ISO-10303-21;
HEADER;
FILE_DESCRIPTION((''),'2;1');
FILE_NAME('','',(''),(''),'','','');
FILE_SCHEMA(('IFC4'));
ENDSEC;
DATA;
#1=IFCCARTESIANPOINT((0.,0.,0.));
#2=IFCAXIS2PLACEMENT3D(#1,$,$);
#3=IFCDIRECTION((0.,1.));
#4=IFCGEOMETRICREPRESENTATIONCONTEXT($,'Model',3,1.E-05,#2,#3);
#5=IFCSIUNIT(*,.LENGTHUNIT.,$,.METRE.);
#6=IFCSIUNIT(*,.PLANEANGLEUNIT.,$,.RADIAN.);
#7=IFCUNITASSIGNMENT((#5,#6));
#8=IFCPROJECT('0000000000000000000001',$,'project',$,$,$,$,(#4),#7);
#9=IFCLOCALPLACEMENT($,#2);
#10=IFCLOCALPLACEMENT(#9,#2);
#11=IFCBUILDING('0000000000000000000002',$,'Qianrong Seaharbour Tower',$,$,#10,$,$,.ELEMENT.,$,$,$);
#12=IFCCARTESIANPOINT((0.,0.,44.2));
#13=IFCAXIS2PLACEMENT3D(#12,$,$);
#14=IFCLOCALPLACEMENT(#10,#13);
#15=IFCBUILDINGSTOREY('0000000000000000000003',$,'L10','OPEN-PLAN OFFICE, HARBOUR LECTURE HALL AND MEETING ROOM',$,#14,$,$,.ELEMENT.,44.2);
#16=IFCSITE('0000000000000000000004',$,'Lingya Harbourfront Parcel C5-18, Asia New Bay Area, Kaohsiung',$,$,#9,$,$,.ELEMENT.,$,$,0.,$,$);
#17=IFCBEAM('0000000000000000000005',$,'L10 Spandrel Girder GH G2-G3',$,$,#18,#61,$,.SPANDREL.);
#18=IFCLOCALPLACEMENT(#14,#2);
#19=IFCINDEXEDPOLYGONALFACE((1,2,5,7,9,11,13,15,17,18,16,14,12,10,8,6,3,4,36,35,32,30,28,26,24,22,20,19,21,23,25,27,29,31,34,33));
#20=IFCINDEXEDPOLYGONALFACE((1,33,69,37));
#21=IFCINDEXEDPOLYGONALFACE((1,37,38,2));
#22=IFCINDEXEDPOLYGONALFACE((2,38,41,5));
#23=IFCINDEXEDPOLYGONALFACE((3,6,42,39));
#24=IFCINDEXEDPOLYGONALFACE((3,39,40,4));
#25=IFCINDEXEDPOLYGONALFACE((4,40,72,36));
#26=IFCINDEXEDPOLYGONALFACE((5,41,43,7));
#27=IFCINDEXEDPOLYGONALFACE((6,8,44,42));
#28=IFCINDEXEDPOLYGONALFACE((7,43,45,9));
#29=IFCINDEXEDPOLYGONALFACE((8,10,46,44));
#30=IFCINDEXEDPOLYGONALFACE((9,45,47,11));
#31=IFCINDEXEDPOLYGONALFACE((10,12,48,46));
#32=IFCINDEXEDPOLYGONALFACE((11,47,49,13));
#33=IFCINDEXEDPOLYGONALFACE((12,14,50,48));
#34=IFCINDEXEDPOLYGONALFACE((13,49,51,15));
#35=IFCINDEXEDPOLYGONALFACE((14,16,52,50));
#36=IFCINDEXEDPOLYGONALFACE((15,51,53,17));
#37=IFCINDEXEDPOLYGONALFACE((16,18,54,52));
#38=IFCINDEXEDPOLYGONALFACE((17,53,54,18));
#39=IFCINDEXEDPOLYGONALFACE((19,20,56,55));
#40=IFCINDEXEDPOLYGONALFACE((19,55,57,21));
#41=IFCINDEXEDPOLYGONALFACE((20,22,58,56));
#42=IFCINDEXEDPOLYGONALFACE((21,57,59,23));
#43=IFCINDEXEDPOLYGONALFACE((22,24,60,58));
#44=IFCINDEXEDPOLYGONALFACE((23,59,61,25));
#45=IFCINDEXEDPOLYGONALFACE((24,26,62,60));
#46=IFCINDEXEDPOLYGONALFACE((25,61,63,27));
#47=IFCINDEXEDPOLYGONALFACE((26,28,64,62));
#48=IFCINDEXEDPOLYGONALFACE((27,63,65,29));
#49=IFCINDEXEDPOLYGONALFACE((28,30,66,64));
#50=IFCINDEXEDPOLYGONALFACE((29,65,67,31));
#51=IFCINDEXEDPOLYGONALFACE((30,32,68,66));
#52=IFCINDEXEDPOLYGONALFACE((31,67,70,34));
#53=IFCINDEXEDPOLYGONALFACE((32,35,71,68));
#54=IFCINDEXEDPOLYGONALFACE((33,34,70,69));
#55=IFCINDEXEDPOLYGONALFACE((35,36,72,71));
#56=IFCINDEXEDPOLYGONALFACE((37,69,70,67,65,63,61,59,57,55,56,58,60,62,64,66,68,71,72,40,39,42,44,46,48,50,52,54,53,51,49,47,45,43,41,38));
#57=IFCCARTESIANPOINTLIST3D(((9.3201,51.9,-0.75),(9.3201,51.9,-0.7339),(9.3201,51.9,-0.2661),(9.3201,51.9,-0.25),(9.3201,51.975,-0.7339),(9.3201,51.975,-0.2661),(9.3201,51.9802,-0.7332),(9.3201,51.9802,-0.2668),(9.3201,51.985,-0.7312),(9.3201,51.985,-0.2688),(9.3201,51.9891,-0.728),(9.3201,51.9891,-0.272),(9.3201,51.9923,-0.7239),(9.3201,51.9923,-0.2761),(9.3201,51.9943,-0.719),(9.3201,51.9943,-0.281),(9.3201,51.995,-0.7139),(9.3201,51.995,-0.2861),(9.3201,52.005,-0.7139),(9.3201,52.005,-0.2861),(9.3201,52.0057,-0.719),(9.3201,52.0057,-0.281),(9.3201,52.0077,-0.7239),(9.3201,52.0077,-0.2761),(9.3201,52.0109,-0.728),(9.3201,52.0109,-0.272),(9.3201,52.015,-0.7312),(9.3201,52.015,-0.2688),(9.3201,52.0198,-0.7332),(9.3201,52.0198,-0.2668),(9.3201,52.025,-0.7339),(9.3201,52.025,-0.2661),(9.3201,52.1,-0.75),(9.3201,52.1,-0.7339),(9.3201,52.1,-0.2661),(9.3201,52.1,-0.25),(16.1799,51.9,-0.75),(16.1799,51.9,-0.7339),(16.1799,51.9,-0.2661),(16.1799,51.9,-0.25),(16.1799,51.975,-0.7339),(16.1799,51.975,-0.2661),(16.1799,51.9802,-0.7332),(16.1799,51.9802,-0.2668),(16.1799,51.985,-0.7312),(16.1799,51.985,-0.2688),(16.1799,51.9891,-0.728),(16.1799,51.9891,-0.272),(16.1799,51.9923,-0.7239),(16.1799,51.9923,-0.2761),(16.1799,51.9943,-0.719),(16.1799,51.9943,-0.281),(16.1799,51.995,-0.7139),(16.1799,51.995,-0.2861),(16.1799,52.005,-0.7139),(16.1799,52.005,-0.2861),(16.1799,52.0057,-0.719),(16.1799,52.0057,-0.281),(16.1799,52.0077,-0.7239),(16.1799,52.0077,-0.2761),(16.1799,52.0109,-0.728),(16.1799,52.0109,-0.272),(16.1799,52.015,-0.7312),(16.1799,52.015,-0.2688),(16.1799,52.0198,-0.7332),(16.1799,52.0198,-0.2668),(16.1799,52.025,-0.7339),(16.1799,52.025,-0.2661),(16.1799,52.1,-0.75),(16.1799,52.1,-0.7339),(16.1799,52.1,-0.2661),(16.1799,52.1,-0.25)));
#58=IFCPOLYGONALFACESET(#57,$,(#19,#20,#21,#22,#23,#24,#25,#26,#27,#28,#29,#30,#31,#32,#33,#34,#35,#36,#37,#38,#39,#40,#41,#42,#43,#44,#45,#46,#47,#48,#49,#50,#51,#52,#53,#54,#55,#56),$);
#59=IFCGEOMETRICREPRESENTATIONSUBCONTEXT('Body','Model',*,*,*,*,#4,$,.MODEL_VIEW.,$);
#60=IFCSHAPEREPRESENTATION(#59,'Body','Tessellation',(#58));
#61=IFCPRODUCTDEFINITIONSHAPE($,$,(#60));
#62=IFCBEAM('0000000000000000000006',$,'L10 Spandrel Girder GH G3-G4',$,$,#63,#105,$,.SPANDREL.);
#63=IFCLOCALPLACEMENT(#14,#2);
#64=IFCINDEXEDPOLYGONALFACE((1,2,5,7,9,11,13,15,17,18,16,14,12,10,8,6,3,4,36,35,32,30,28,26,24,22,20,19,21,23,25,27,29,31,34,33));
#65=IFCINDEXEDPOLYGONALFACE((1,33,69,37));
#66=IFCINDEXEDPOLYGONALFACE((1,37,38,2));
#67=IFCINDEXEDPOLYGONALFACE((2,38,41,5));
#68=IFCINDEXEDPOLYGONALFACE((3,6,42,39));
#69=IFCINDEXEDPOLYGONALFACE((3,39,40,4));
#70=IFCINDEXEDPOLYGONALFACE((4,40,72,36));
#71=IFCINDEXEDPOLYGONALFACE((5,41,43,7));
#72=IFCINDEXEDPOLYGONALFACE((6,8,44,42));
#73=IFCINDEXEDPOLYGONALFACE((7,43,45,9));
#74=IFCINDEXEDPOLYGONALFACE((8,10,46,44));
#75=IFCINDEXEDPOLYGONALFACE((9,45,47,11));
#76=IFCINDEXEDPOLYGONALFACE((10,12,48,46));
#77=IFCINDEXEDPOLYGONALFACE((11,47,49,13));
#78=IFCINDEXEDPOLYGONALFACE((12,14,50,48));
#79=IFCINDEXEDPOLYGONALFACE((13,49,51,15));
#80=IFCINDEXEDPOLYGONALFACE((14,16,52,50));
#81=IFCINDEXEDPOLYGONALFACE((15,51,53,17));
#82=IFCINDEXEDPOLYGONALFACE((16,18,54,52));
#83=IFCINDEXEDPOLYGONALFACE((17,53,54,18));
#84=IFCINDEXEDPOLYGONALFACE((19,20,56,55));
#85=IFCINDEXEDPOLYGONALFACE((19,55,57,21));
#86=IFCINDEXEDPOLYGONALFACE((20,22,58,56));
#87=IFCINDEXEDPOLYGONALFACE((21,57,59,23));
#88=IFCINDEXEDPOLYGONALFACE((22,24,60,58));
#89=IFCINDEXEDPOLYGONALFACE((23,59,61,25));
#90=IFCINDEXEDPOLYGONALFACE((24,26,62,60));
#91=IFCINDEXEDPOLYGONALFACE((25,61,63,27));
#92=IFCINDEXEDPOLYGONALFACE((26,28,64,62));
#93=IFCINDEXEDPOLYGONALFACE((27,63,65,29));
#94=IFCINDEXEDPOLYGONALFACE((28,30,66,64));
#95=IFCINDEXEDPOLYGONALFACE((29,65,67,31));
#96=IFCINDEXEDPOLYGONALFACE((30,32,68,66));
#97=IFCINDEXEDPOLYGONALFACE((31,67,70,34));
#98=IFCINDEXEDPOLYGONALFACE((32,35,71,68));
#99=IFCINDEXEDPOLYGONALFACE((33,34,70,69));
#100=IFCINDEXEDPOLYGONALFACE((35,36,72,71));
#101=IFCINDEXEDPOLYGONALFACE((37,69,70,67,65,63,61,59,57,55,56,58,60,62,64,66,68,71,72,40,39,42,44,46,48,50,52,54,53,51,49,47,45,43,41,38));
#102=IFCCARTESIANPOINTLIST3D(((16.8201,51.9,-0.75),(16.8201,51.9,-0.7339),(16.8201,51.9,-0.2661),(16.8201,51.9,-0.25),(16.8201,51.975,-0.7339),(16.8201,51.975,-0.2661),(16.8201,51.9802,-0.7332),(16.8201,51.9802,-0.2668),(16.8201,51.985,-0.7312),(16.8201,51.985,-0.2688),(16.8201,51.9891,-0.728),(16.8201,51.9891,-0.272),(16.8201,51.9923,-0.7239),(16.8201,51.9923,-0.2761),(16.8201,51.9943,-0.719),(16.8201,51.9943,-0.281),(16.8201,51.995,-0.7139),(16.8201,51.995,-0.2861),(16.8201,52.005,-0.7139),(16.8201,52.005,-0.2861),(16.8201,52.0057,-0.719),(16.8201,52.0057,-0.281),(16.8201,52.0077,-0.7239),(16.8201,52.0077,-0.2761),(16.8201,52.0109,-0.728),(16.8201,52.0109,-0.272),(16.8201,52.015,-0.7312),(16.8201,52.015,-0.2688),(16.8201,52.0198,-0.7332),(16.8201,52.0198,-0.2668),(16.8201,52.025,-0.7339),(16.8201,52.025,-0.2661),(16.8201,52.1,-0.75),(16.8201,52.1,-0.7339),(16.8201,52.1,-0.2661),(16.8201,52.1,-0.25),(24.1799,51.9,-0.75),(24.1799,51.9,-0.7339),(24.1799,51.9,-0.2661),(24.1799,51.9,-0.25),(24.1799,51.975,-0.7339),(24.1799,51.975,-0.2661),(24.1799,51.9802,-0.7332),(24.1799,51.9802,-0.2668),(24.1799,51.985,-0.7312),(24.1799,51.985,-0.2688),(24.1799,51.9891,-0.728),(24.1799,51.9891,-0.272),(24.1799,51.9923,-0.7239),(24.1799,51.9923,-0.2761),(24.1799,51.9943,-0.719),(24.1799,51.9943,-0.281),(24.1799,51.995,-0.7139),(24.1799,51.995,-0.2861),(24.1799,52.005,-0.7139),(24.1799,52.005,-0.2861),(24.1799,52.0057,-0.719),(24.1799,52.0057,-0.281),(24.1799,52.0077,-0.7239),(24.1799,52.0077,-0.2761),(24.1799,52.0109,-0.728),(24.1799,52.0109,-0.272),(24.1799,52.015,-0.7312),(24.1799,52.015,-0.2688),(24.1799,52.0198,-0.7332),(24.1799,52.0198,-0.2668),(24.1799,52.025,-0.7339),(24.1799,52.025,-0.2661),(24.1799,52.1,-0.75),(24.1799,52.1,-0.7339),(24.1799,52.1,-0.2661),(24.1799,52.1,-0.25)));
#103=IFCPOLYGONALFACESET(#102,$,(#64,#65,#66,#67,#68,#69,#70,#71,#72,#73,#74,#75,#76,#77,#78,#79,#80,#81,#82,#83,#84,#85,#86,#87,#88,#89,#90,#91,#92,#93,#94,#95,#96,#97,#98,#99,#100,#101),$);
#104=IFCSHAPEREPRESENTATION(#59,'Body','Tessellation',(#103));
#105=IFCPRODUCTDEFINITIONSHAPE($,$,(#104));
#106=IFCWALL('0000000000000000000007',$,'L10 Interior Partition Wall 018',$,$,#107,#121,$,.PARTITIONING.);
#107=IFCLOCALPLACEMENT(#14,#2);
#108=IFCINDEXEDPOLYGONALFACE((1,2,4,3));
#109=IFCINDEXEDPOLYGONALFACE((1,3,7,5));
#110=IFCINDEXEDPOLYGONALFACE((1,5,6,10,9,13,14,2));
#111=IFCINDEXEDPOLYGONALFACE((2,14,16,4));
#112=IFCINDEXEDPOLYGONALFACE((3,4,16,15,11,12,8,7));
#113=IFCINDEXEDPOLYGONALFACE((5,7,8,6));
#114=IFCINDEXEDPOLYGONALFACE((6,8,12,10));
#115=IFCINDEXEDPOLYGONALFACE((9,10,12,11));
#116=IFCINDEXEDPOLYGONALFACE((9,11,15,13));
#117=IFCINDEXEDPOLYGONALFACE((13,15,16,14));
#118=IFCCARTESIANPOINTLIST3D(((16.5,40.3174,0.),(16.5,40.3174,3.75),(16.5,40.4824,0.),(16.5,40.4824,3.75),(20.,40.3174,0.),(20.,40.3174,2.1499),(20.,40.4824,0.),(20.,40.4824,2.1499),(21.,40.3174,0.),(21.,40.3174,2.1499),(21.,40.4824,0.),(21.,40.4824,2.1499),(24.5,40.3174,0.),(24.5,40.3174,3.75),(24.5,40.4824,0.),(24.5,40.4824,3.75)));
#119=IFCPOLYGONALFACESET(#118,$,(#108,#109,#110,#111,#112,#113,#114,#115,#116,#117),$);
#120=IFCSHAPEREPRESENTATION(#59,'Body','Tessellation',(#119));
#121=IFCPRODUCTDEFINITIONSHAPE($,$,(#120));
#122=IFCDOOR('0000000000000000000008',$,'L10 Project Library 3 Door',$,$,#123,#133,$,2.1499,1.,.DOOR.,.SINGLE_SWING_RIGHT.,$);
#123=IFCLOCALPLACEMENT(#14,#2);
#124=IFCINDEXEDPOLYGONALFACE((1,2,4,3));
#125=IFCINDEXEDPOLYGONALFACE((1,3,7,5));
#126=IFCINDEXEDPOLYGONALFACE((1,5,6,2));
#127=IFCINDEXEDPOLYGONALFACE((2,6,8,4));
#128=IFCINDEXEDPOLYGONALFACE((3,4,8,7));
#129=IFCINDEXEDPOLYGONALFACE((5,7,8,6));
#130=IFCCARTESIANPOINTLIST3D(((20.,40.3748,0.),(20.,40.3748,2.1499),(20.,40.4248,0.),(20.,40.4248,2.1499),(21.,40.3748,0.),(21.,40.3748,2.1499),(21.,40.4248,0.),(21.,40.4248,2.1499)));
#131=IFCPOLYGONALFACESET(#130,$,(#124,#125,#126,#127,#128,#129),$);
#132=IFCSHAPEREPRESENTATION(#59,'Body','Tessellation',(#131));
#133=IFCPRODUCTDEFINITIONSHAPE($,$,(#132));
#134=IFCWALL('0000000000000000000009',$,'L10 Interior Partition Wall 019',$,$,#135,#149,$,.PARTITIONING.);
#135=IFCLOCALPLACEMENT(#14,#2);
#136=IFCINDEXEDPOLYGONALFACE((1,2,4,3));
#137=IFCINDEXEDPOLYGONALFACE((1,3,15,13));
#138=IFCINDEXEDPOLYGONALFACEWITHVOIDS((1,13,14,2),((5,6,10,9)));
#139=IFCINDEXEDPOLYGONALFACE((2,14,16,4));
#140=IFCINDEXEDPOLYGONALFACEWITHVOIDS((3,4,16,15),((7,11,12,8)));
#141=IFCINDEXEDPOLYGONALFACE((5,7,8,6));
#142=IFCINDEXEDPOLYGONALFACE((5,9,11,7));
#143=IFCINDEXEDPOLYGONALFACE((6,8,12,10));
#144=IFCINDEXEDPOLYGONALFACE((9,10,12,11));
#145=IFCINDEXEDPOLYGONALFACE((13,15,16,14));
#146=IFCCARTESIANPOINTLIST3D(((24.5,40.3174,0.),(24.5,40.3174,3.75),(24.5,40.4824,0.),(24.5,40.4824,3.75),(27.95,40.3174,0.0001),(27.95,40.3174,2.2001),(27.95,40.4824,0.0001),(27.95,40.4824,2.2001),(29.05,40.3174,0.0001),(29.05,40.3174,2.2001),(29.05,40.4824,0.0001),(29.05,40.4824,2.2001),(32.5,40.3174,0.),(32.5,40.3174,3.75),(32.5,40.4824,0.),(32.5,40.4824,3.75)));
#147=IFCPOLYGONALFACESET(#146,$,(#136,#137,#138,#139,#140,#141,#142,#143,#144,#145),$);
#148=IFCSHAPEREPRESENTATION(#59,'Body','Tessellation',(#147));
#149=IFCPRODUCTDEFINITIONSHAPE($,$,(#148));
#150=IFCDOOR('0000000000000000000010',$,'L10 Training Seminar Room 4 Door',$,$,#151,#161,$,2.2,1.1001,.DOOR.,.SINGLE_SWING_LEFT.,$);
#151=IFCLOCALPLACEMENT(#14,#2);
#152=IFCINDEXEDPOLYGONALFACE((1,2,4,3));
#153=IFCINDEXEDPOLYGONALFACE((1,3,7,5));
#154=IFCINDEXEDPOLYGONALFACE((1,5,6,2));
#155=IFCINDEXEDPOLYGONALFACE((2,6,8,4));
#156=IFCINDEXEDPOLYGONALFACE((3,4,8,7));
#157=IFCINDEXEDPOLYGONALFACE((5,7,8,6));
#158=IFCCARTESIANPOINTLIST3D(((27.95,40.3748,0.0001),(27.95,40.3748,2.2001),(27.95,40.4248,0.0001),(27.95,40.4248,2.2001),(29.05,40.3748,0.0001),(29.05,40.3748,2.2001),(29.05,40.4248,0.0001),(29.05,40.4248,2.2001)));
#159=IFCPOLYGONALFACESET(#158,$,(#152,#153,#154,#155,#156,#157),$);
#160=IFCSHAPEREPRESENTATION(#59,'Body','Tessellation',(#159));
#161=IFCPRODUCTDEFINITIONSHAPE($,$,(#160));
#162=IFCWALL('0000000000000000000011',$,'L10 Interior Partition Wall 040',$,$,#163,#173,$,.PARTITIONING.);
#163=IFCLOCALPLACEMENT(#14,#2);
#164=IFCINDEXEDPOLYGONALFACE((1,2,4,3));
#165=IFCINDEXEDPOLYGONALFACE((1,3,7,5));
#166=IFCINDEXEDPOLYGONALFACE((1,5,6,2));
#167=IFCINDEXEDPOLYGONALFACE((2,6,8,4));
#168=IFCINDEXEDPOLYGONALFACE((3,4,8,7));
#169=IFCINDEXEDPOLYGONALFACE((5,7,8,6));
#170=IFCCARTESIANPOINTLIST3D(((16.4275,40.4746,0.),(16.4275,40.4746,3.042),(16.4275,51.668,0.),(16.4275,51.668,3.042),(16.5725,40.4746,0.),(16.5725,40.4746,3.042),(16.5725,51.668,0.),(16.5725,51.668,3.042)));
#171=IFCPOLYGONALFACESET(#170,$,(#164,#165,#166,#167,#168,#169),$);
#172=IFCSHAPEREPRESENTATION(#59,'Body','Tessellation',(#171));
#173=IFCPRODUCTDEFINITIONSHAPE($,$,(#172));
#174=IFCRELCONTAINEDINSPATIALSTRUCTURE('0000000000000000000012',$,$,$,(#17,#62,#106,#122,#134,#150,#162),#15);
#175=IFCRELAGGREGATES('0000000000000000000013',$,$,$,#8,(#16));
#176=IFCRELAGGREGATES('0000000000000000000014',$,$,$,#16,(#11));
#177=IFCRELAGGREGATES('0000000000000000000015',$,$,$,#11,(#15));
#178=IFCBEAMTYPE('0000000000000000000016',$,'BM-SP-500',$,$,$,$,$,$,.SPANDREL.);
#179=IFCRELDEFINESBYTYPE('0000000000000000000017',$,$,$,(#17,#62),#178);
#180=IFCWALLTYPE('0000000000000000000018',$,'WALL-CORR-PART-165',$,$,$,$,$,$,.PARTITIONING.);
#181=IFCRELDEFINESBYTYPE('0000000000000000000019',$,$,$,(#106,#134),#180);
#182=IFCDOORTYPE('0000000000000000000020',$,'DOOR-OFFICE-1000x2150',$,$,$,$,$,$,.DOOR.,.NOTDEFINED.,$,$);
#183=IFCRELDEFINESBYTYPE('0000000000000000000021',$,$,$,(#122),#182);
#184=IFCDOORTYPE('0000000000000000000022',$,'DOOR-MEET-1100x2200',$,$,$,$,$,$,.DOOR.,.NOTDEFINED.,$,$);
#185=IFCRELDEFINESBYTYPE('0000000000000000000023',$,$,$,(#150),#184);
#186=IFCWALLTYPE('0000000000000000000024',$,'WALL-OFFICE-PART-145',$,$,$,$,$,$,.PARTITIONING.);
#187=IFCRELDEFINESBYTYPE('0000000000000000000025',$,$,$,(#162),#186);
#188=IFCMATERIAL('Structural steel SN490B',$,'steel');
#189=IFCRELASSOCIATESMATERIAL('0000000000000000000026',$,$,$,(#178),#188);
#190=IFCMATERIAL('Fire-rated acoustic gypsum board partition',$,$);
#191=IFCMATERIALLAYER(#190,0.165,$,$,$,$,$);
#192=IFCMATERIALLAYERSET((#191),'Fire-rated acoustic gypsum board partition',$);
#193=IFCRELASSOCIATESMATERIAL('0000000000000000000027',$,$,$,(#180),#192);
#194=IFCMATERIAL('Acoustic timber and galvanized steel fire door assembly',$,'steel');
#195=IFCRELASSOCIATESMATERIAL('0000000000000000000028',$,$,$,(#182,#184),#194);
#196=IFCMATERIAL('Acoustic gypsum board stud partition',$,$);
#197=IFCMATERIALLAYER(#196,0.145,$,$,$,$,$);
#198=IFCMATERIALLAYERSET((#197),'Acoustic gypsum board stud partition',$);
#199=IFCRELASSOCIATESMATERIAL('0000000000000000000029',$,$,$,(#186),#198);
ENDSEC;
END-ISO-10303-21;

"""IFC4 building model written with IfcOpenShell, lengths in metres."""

from ifc_helpers import new_model, si_unit, direction, frame, frame_2d, origin, origin_2d, place, context, subcontext, project, spatial, rectangle, i_section, extrude, material, layer, layer_set, material_profile, profile_set, type_object, element, fill, save


model = new_model("IFC4")

# Units and contexts
model_context = context("Model", 3, precision=1e-05, world=origin(), true_north=direction((0.0, 1.0)))
body_context = subcontext(model_context, "Body", "Model", "MODEL_VIEW")
ifc_project = project(units=[si_unit("LENGTHUNIT", "METRE"), si_unit("PLANEANGLEUNIT", "RADIAN")], contexts=[model_context])

# Site, building, storey
site_placement = place(None, origin())
site = spatial("IfcSite", under=ifc_project, at=site_placement, Name="Lingya Harbourfront Parcel C5-18, Asia New Bay Area, Kaohsiung", CompositionType="ELEMENT", RefElevation=0.0)
building_placement = place(site_placement, origin())
building = spatial("IfcBuilding", under=site, at=building_placement, Name="Qianrong Seaharbour Tower", CompositionType="ELEMENT")
storey_placement = place(building_placement, frame((0.0, 0.0, 44.2)))
storey = spatial("IfcBuildingStorey", under=building, at=storey_placement, Name="L10", Description="OPEN-PLAN OFFICE, HARBOUR LECTURE HALL AND MEETING ROOM", CompositionType="ELEMENT", Elevation=44.2)

# Shared definitions
ifc_material_1 = material(Name="Structural steel SN490B", Category="steel")

# Beams
ifc_material_profile_1 = material_profile(ifc_material_1, i_section(OverallWidth=0.2, OverallDepth=0.5, WebThickness=0.01, FlangeThickness=0.0161, FilletRadius=0.02, at=origin_2d()), Name="H500x200x10x16")
ifc_profile_set_1 = profile_set([ifc_material_profile_1], Name="Structural steel SN490B")
beam_type_1 = type_object("IfcBeamType", Name="BM-SP-500", PredefinedType="SPANDREL", material=ifc_profile_set_1)
beam_1_placement = place(storey_placement, frame((9.3201, 52.0, -0.5), z_axis=(1.0, 0.0, 0.0), x_axis=(0.0, 1.0, 0.0)))
element("IfcBeam", 1, at=beam_1_placement, inside=storey, type_object=beam_type_1, Name="L10 Spandrel Girder GH G2-G3", PredefinedType="SPANDREL", context=body_context, shape_type="SweptSolid", body=[
    extrude(i_section(OverallWidth=0.2, OverallDepth=0.5, WebThickness=0.01, FlangeThickness=0.0161, FilletRadius=0.02, at=origin_2d()), origin(), (0.0, 0.0, 1.0), 6.8599),
])
beam_2_placement = place(storey_placement, frame((16.8201, 52.0, -0.5), z_axis=(1.0, 0.0, 0.0), x_axis=(0.0, 1.0, 0.0)))
element("IfcBeam", 2, at=beam_2_placement, inside=storey, type_object=beam_type_1, Name="L10 Spandrel Girder GH G3-G4", PredefinedType="SPANDREL", context=body_context, shape_type="SweptSolid", body=[
    extrude(i_section(OverallWidth=0.2, OverallDepth=0.5, WebThickness=0.01, FlangeThickness=0.0161, FilletRadius=0.02, at=origin_2d()), origin(), (0.0, 0.0, 1.0), 7.3599),
])

# Walls, openings, doors
ifc_material_2 = material(Name="Fire-rated acoustic gypsum board partition")
ifc_layer_1 = layer(ifc_material_2, 0.165)
ifc_layer_set_1 = layer_set([ifc_layer_1], Name="Fire-rated acoustic gypsum board partition")
wall_type_1 = type_object("IfcWallType", Name="WALL-CORR-PART-165", PredefinedType="PARTITIONING", material=ifc_layer_set_1)
wall_1_placement = place(storey_placement, frame((16.5, 40.3999, 0.0), z_axis=(0.0, 0.0, 1.0), x_axis=(1.0, 0.0, 0.0)))
wall_1 = element("IfcWall", 3, at=wall_1_placement, inside=storey, type_object=wall_type_1, Name="L10 Interior Partition Wall 018", PredefinedType="PARTITIONING", context=body_context, shape_type="SweptSolid", body=[
    extrude(rectangle(XDim=8.0, YDim=0.165, at=frame_2d((4.0, 0.0))), origin(), (0.0, 0.0, 1.0), 3.75),
])
opening_1_placement = place(wall_1_placement, frame((3.5, 0.0, 0.0)))
opening_1 = element("IfcOpeningElement", 4, at=opening_1_placement, cuts=wall_1, PredefinedType="OPENING", context=body_context, shape_type="SweptSolid", body=[
    extrude(rectangle(XDim=1.0, YDim=2.1499, at=frame_2d((0.5, 1.075))), frame((0.0, 0.0925, 0.0), z_axis=(0.0, -1.0, 0.0), x_axis=(1.0, 0.0, 0.0)), (0.0, 0.0, 1.0), 0.1851),
])
ifc_material_3 = material(Name="Acoustic timber and galvanized steel fire door assembly", Category="steel")
door_type_1 = type_object("IfcDoorType", Name="DOOR-OFFICE-1000x2150", OperationType="NOTDEFINED", PredefinedType="DOOR", material=ifc_material_3)
door_1_placement = place(opening_1_placement, origin())
door_1 = element("IfcDoor", 5, at=door_1_placement, inside=storey, type_object=door_type_1, Name="L10 Project Library 3 Door", OperationType="SINGLE_SWING_RIGHT", OverallHeight=2.1499, OverallWidth=1.0, PredefinedType="DOOR", context=body_context, shape_type="SweptSolid", body=[
    extrude(rectangle(XDim=1.0, YDim=2.1499, at=frame_2d((0.5, 1.075))), frame((0.0, 0.0249, 0.0), z_axis=(0.0, -1.0, 0.0), x_axis=(1.0, 0.0, 0.0)), (0.0, 0.0, 1.0), 0.05),
])
fill(opening_1, door_1)
wall_2_placement = place(storey_placement, frame((24.5, 40.3999, 0.0), z_axis=(0.0, 0.0, 1.0), x_axis=(1.0, 0.0, 0.0)))
wall_2 = element("IfcWall", 6, at=wall_2_placement, inside=storey, type_object=wall_type_1, Name="L10 Interior Partition Wall 019", PredefinedType="PARTITIONING", context=body_context, shape_type="SweptSolid", body=[
    extrude(rectangle(XDim=8.0, YDim=0.165, at=frame_2d((4.0, 0.0))), origin(), (0.0, 0.0, 1.0), 3.75),
])
opening_2_placement = place(wall_2_placement, frame((3.45, 0.0, 0.0)))
opening_2 = element("IfcOpeningElement", 7, at=opening_2_placement, cuts=wall_2, PredefinedType="OPENING", context=body_context, shape_type="SweptSolid", body=[
    extrude(rectangle(XDim=1.1001, YDim=2.2, at=frame_2d((0.55, 1.1001))), frame((0.0, 0.0925, 0.0), z_axis=(0.0, -1.0, 0.0), x_axis=(1.0, 0.0, 0.0)), (0.0, 0.0, 1.0), 0.1851),
])
door_type_2 = type_object("IfcDoorType", Name="DOOR-MEET-1100x2200", OperationType="NOTDEFINED", PredefinedType="DOOR", material=ifc_material_3)
door_2_placement = place(opening_2_placement, origin())
door_2 = element("IfcDoor", 8, at=door_2_placement, inside=storey, type_object=door_type_2, Name="L10 Training Seminar Room 4 Door", OperationType="SINGLE_SWING_LEFT", OverallHeight=2.2, OverallWidth=1.1001, PredefinedType="DOOR", context=body_context, shape_type="SweptSolid", body=[
    extrude(rectangle(XDim=1.1001, YDim=2.2, at=frame_2d((0.55, 1.1001))), frame((0.0, 0.0249, 0.0), z_axis=(0.0, -1.0, 0.0), x_axis=(1.0, 0.0, 0.0)), (0.0, 0.0, 1.0), 0.05),
])
fill(opening_2, door_2)

# Wall
ifc_material_4 = material(Name="Acoustic gypsum board stud partition")
ifc_layer_2 = layer(ifc_material_4, 0.145)
ifc_layer_set_2 = layer_set([ifc_layer_2], Name="Acoustic gypsum board stud partition")
wall_type_2 = type_object("IfcWallType", Name="WALL-OFFICE-PART-145", PredefinedType="PARTITIONING", material=ifc_layer_set_2)
wall_3_placement = place(storey_placement, frame((16.5, 51.668, 0.0), z_axis=(0.0, 0.0, 1.0), x_axis=(0.0, -1.0, 0.0)))
element("IfcWall", 9, at=wall_3_placement, inside=storey, type_object=wall_type_2, Name="L10 Interior Partition Wall 040", PredefinedType="PARTITIONING", context=body_context, shape_type="SweptSolid", body=[
    extrude(rectangle(XDim=11.1934, YDim=0.145, at=frame_2d((5.5967, 0.0))), origin(), (0.0, 0.0, 1.0), 3.042),
])

save(model, "model.ifc")
